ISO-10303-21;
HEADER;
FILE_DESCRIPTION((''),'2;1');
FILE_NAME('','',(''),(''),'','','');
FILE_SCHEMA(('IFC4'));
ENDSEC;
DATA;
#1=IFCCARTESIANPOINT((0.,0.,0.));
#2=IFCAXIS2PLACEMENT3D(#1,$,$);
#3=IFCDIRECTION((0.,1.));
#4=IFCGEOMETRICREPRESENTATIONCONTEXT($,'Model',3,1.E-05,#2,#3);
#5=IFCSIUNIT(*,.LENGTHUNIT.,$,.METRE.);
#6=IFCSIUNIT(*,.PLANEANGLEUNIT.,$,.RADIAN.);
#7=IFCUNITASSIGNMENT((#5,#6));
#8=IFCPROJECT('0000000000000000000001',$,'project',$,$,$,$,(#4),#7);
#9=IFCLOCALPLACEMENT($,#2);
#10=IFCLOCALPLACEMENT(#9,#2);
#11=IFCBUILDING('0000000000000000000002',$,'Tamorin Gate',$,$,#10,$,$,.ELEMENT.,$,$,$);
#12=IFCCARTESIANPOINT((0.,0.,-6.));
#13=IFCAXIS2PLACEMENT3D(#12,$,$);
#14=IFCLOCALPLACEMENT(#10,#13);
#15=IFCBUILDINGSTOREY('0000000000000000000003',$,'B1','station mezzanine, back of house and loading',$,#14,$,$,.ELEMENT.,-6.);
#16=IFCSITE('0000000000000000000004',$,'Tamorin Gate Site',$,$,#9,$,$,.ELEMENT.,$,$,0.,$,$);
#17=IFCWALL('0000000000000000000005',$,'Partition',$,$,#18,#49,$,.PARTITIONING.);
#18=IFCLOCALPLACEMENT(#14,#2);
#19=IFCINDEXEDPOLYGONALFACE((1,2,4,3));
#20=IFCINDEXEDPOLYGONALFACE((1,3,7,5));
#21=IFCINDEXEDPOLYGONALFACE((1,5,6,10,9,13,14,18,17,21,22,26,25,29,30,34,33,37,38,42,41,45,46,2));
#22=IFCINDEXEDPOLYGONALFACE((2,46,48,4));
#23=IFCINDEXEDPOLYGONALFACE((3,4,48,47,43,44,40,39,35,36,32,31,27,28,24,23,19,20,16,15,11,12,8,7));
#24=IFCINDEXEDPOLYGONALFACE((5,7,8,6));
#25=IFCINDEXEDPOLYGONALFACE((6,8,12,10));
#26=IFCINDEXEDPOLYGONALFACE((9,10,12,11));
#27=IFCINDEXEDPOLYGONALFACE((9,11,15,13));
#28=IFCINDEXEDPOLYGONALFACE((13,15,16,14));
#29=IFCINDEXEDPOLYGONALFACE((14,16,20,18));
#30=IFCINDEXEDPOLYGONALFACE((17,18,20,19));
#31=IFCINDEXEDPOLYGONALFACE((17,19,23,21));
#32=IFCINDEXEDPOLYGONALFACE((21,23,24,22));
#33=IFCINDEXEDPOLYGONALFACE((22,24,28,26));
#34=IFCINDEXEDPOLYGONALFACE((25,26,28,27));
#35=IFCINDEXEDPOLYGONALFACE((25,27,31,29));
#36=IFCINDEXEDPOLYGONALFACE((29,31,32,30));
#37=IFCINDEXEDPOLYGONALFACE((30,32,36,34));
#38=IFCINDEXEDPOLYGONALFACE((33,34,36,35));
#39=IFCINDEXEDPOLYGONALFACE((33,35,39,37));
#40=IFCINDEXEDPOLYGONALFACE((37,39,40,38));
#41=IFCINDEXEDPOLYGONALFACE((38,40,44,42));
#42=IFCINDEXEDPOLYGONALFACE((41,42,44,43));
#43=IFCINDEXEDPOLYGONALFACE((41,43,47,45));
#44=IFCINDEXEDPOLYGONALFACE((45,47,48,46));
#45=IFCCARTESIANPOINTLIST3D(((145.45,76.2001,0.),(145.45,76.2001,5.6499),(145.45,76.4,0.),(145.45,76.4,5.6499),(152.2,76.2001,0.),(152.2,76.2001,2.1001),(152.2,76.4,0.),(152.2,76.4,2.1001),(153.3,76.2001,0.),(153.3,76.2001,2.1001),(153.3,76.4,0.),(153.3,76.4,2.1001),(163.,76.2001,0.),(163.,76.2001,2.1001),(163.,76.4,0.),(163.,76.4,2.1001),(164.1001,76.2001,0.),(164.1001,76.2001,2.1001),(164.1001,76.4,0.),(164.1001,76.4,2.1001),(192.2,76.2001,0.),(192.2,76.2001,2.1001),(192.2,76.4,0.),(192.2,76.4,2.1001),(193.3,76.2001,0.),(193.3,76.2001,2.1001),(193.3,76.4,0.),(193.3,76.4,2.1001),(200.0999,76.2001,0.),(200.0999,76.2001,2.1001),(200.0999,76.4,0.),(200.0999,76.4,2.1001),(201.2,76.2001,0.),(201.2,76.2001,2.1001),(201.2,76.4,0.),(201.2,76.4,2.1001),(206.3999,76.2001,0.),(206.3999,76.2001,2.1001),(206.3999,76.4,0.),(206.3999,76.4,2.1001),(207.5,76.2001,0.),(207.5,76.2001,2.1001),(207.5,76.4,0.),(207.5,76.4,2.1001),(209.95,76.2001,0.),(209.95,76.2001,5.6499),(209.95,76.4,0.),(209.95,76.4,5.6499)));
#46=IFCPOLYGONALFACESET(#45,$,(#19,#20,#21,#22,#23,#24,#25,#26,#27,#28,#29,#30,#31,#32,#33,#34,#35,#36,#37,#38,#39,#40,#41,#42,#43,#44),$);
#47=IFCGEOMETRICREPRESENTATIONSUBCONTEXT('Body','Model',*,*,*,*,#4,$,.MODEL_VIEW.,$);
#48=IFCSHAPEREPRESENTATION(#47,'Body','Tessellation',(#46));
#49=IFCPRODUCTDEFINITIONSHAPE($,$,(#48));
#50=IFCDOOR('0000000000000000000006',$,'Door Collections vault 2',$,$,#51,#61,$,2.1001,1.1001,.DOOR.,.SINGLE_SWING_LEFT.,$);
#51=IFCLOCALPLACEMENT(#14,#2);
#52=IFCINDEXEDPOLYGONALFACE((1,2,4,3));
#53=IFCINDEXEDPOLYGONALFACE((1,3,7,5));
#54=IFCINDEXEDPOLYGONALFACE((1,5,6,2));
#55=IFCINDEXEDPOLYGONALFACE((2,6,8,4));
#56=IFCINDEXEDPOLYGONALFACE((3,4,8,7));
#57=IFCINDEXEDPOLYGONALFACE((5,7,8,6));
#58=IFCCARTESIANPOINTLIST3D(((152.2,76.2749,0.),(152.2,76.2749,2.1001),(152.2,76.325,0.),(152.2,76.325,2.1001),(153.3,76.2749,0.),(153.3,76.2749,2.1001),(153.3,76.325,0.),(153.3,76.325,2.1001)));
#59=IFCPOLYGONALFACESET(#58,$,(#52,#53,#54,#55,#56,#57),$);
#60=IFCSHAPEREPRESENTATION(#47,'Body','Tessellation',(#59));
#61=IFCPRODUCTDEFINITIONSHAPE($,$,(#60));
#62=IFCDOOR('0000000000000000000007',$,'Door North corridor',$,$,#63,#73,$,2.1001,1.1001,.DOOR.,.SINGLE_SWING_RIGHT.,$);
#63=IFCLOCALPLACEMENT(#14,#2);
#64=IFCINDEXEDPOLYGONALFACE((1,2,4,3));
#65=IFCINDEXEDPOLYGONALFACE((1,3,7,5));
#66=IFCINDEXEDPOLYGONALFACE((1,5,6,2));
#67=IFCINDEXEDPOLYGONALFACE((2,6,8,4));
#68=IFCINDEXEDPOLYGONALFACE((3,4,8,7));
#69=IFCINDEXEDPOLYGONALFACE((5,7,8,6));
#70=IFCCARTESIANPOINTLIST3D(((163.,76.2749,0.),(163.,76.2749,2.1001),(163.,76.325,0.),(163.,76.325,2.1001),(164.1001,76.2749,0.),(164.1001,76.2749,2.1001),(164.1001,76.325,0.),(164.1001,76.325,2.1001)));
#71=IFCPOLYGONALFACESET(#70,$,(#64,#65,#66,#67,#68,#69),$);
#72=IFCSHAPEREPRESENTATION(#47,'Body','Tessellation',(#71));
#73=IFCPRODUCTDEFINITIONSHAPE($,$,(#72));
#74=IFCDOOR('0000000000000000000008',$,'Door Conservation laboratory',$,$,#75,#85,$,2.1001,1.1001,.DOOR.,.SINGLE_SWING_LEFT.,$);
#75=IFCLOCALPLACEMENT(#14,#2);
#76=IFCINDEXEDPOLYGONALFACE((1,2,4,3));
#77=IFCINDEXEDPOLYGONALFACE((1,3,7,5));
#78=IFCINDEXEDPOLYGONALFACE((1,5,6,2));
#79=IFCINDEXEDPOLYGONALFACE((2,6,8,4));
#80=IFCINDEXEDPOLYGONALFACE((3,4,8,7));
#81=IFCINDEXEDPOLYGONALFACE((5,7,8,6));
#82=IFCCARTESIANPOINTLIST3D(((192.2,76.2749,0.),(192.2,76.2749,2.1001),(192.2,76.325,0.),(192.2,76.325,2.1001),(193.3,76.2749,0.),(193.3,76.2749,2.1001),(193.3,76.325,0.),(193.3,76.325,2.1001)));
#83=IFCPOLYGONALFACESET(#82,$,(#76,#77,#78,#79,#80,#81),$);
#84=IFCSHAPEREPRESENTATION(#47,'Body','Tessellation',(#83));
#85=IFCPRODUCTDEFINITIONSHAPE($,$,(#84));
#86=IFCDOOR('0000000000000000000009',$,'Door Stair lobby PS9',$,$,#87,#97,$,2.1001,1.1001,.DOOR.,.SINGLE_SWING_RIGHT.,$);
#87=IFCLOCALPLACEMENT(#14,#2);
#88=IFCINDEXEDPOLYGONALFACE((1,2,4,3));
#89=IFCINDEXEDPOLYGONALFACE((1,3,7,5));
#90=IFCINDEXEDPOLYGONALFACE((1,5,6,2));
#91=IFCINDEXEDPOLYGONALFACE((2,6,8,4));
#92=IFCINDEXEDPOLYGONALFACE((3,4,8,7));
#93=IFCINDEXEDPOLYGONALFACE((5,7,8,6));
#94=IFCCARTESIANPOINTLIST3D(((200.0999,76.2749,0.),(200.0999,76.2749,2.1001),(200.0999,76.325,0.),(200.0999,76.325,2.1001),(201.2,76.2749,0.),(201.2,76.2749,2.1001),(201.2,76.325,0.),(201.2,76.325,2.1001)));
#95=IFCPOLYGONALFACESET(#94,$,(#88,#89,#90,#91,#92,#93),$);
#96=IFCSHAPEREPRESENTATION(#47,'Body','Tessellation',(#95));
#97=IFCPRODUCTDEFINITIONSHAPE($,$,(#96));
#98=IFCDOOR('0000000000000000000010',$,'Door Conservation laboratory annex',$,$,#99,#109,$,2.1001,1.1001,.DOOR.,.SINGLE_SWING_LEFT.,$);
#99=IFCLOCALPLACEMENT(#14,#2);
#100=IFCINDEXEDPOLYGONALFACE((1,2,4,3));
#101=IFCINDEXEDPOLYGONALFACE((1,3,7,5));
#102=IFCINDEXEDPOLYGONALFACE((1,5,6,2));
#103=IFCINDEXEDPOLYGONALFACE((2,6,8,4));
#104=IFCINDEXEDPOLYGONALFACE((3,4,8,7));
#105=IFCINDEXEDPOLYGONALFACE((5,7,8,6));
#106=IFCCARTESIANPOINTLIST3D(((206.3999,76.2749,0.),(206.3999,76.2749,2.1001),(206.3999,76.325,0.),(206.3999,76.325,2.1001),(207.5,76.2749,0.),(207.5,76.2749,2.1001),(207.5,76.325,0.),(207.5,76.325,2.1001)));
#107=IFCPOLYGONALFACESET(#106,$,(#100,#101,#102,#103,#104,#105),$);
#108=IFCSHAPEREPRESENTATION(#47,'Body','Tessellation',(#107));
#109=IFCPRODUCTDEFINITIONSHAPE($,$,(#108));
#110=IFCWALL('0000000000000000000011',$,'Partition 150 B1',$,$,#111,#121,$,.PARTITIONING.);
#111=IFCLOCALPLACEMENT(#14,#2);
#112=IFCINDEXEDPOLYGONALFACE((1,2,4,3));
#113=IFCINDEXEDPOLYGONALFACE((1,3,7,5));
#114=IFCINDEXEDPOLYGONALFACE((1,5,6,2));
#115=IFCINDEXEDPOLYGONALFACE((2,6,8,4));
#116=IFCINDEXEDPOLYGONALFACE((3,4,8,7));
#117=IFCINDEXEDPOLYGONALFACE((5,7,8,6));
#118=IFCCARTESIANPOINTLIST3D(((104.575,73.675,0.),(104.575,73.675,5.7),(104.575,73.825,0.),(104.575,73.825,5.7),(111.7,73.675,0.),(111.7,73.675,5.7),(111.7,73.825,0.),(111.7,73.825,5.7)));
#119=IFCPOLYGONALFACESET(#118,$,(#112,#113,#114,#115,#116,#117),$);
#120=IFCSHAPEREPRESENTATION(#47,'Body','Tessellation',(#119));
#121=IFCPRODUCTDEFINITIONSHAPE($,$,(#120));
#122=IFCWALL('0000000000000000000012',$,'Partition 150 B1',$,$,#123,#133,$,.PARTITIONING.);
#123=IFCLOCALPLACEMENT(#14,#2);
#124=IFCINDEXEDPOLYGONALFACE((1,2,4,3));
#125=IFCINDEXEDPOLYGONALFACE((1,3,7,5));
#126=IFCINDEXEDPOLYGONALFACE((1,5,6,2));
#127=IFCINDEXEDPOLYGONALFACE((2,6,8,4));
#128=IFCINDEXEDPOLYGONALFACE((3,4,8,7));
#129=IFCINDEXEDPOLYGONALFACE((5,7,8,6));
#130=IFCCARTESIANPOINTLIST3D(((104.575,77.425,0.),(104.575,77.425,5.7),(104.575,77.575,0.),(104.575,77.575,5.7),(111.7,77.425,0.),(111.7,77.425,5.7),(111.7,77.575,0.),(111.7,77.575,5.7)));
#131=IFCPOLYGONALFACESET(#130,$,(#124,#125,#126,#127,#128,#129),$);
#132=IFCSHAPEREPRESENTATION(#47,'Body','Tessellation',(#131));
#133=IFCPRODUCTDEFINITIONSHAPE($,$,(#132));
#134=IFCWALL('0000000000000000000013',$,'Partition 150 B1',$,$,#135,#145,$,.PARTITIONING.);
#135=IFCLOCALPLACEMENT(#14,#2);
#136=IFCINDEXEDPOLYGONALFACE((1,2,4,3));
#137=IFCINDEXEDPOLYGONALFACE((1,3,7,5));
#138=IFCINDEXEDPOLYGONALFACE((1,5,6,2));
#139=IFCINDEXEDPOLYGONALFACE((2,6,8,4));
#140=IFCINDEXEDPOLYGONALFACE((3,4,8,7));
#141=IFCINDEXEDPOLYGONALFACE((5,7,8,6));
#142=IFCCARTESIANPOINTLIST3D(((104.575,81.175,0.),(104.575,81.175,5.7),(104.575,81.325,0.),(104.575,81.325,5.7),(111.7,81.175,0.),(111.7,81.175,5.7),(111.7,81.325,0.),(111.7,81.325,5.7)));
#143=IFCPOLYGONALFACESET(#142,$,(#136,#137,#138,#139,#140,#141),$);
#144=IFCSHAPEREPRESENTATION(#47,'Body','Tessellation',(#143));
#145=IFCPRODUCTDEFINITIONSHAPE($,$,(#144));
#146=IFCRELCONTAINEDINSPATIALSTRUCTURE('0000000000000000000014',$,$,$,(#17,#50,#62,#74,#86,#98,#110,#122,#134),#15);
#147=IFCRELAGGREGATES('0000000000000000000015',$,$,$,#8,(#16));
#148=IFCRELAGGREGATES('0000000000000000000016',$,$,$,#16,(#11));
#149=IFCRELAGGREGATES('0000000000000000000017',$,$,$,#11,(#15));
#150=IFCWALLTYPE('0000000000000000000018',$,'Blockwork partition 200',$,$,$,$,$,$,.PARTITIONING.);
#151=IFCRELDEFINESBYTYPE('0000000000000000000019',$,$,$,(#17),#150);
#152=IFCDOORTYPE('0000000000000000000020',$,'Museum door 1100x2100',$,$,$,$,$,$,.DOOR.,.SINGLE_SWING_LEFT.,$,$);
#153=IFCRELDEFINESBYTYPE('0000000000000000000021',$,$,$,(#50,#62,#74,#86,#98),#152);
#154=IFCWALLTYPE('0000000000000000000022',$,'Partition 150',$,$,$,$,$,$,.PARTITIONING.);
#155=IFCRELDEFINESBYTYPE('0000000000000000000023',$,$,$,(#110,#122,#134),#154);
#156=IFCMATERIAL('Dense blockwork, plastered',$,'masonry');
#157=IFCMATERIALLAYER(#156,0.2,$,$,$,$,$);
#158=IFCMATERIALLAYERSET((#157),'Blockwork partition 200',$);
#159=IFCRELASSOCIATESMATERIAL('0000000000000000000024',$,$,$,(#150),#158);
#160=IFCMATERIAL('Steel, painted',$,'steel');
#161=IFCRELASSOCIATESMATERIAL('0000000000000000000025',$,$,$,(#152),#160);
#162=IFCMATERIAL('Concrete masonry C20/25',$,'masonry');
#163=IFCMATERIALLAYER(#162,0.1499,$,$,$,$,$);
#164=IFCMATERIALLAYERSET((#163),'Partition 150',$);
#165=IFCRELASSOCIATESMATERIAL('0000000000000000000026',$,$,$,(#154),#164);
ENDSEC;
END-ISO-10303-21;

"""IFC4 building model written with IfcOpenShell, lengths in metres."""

from ifc_helpers import new_model, si_unit, direction, frame, frame_2d, origin, place, context, subcontext, project, spatial, rectangle, extrude, material, layer, layer_set, type_object, element, fill, save


model = new_model("IFC4")

# Units and contexts
model_context = context("Model", 3, precision=1e-05, world=origin(), true_north=direction((0.0, 1.0)))
body_context = subcontext(model_context, "Body", "Model", "MODEL_VIEW")
ifc_project = project(units=[si_unit("LENGTHUNIT", "METRE"), si_unit("PLANEANGLEUNIT", "RADIAN")], contexts=[model_context])

# Site, building, storey
site_placement = place(None, origin())
site = spatial("IfcSite", under=ifc_project, at=site_placement, Name="Tamorin Gate Site", CompositionType="ELEMENT", RefElevation=0.0)
building_placement = place(site_placement, origin())
building = spatial("IfcBuilding", under=site, at=building_placement, Name="Tamorin Gate", CompositionType="ELEMENT")
storey_placement = place(building_placement, frame((0.0, 0.0, -6.0)))
storey = spatial("IfcBuildingStorey", under=building, at=storey_placement, Name="B1", Description="station mezzanine, back of house and loading", CompositionType="ELEMENT", Elevation=-6.0)

# Wall, openings, doors
ifc_material_1 = material(Name="Dense blockwork, plastered", Category="masonry")
ifc_layer_1 = layer(ifc_material_1, 0.2)
ifc_layer_set_1 = layer_set([ifc_layer_1], Name="Blockwork partition 200")
wall_type_1 = type_object("IfcWallType", Name="Blockwork partition 200", PredefinedType="PARTITIONING", material=ifc_layer_set_1)
ifc_material_2 = material(Name="Steel, painted", Category="steel")
door_type = type_object("IfcDoorType", Name="Museum door 1100x2100", OperationType="SINGLE_SWING_LEFT", PredefinedType="DOOR", material=ifc_material_2)
wall_1_placement = place(storey_placement, frame((145.45, 76.3, 0.0), z_axis=(0.0, 0.0, 1.0), x_axis=(1.0, 0.0, 0.0)))
wall_1 = element("IfcWall", 1, at=wall_1_placement, inside=storey, type_object=wall_type_1, Name="Partition", PredefinedType="PARTITIONING", context=body_context, shape_type="SweptSolid", body=[
    extrude(rectangle(XDim=64.5, YDim=0.2, at=frame_2d((32.25, 0.0))), origin(), (0.0, 0.0, 1.0), 5.6499),
])
opening_1_placement = place(wall_1_placement, frame((6.75, 0.0, 0.0)))
opening_1 = element("IfcOpeningElement", 2, at=opening_1_placement, cuts=wall_1, PredefinedType="OPENING", context=body_context, shape_type="SweptSolid", body=[
    extrude(rectangle(XDim=1.1001, YDim=2.1001, at=frame_2d((0.55, 1.05))), frame((0.0, 0.1099, 0.0), z_axis=(0.0, -1.0, 0.0), x_axis=(1.0, 0.0, 0.0)), (0.0, 0.0, 1.0), 0.22),
])
opening_2_placement = place(wall_1_placement, frame((17.55, 0.0, 0.0)))
opening_2 = element("IfcOpeningElement", 3, at=opening_2_placement, cuts=wall_1, PredefinedType="OPENING", context=body_context, shape_type="SweptSolid", body=[
    extrude(rectangle(XDim=1.1001, YDim=2.1001, at=frame_2d((0.55, 1.05))), frame((0.0, 0.1099, 0.0), z_axis=(0.0, -1.0, 0.0), x_axis=(1.0, 0.0, 0.0)), (0.0, 0.0, 1.0), 0.22),
])
opening_3_placement = place(wall_1_placement, frame((46.75, 0.0, 0.0)))
opening_3 = element("IfcOpeningElement", 4, at=opening_3_placement, cuts=wall_1, PredefinedType="OPENING", context=body_context, shape_type="SweptSolid", body=[
    extrude(rectangle(XDim=1.1001, YDim=2.1001, at=frame_2d((0.55, 1.05))), frame((0.0, 0.1099, 0.0), z_axis=(0.0, -1.0, 0.0), x_axis=(1.0, 0.0, 0.0)), (0.0, 0.0, 1.0), 0.22),
])
opening_4_placement = place(wall_1_placement, frame((54.6499, 0.0, 0.0)))
opening_4 = element("IfcOpeningElement", 5, at=opening_4_placement, cuts=wall_1, PredefinedType="OPENING", context=body_context, shape_type="SweptSolid", body=[
    extrude(rectangle(XDim=1.1001, YDim=2.1001, at=frame_2d((0.55, 1.05))), frame((0.0, 0.1099, 0.0), z_axis=(0.0, -1.0, 0.0), x_axis=(1.0, 0.0, 0.0)), (0.0, 0.0, 1.0), 0.22),
])
opening_5_placement = place(wall_1_placement, frame((60.95, 0.0, 0.0)))
opening_5 = element("IfcOpeningElement", 6, at=opening_5_placement, cuts=wall_1, PredefinedType="OPENING", context=body_context, shape_type="SweptSolid", body=[
    extrude(rectangle(XDim=1.1001, YDim=2.1001, at=frame_2d((0.55, 1.05))), frame((0.0, 0.1099, 0.0), z_axis=(0.0, -1.0, 0.0), x_axis=(1.0, 0.0, 0.0)), (0.0, 0.0, 1.0), 0.22),
])
door_1_placement = place(opening_1_placement, origin())
door_1 = element("IfcDoor", 7, at=door_1_placement, inside=storey, type_object=door_type, Name="Door Collections vault 2", OperationType="SINGLE_SWING_LEFT", OverallHeight=2.1001, OverallWidth=1.1001, PredefinedType="DOOR", context=body_context, shape_type="SweptSolid", body=[
    extrude(rectangle(XDim=1.1001, YDim=2.1001, at=frame_2d((0.55, 1.05))), frame((0.0, 0.0249, 0.0), z_axis=(0.0, -1.0, 0.0), x_axis=(1.0, 0.0, 0.0)), (0.0, 0.0, 1.0), 0.05),
])
fill(opening_1, door_1)
door_2_placement = place(opening_2_placement, origin())
door_2 = element("IfcDoor", 8, at=door_2_placement, inside=storey, type_object=door_type, Name="Door North corridor", OperationType="SINGLE_SWING_RIGHT", OverallHeight=2.1001, OverallWidth=1.1001, PredefinedType="DOOR", context=body_context, shape_type="SweptSolid", body=[
    extrude(rectangle(XDim=1.1001, YDim=2.1001, at=frame_2d((0.55, 1.05))), frame((0.0, 0.0249, 0.0), z_axis=(0.0, -1.0, 0.0), x_axis=(1.0, 0.0, 0.0)), (0.0, 0.0, 1.0), 0.05),
])
fill(opening_2, door_2)
door_3_placement = place(opening_3_placement, origin())
door_3 = element("IfcDoor", 9, at=door_3_placement, inside=storey, type_object=door_type, Name="Door Conservation laboratory", OperationType="SINGLE_SWING_LEFT", OverallHeight=2.1001, OverallWidth=1.1001, PredefinedType="DOOR", context=body_context, shape_type="SweptSolid", body=[
    extrude(rectangle(XDim=1.1001, YDim=2.1001, at=frame_2d((0.55, 1.05))), frame((0.0, 0.0249, 0.0), z_axis=(0.0, -1.0, 0.0), x_axis=(1.0, 0.0, 0.0)), (0.0, 0.0, 1.0), 0.05),
])
fill(opening_3, door_3)
door_4_placement = place(opening_4_placement, origin())
door_4 = element("IfcDoor", 10, at=door_4_placement, inside=storey, type_object=door_type, Name="Door Stair lobby PS9", OperationType="SINGLE_SWING_RIGHT", OverallHeight=2.1001, OverallWidth=1.1001, PredefinedType="DOOR", context=body_context, shape_type="SweptSolid", body=[
    extrude(rectangle(XDim=1.1001, YDim=2.1001, at=frame_2d((0.55, 1.05))), frame((0.0, 0.0249, 0.0), z_axis=(0.0, -1.0, 0.0), x_axis=(1.0, 0.0, 0.0)), (0.0, 0.0, 1.0), 0.05),
])
fill(opening_4, door_4)
door_5_placement = place(opening_5_placement, origin())
door_5 = element("IfcDoor", 11, at=door_5_placement, inside=storey, type_object=door_type, Name="Door Conservation laboratory annex", OperationType="SINGLE_SWING_LEFT", OverallHeight=2.1001, OverallWidth=1.1001, PredefinedType="DOOR", context=body_context, shape_type="SweptSolid", body=[
    extrude(rectangle(XDim=1.1001, YDim=2.1001, at=frame_2d((0.55, 1.05))), frame((0.0, 0.0249, 0.0), z_axis=(0.0, -1.0, 0.0), x_axis=(1.0, 0.0, 0.0)), (0.0, 0.0, 1.0), 0.05),
])
fill(opening_5, door_5)

# Walls
ifc_material_3 = material(Name="Concrete masonry C20/25", Category="masonry")
ifc_layer_2 = layer(ifc_material_3, 0.1499)
ifc_layer_set_2 = layer_set([ifc_layer_2], Name="Partition 150")
wall_type_2 = type_object("IfcWallType", Name="Partition 150", PredefinedType="PARTITIONING", material=ifc_layer_set_2)
for number, where, z_axis, x_axis, name in (
    (12, (104.575, 73.75, 0.0), (0.0, 0.0, 1.0), (1.0, 0.0, 0.0), "Partition 150 B1"),
    (13, (104.575, 77.5, 0.0), (0.0, 0.0, 1.0), (1.0, 0.0, 0.0), "Partition 150 B1"),
    (14, (104.575, 81.25, 0.0), (0.0, 0.0, 1.0), (1.0, 0.0, 0.0), "Partition 150 B1"),
):
    element("IfcWall", number, at=place(storey_placement, frame(where, z_axis=z_axis, x_axis=x_axis)), inside=storey, type_object=wall_type_2, Name=name, PredefinedType="PARTITIONING", context=body_context, shape_type="SweptSolid", body=[
        extrude(rectangle(XDim=7.125, YDim=0.1499, at=frame_2d((3.5625, 0.0))), origin(), (0.0, 0.0, 1.0), 5.7),
    ])

save(model, "model.ifc")
